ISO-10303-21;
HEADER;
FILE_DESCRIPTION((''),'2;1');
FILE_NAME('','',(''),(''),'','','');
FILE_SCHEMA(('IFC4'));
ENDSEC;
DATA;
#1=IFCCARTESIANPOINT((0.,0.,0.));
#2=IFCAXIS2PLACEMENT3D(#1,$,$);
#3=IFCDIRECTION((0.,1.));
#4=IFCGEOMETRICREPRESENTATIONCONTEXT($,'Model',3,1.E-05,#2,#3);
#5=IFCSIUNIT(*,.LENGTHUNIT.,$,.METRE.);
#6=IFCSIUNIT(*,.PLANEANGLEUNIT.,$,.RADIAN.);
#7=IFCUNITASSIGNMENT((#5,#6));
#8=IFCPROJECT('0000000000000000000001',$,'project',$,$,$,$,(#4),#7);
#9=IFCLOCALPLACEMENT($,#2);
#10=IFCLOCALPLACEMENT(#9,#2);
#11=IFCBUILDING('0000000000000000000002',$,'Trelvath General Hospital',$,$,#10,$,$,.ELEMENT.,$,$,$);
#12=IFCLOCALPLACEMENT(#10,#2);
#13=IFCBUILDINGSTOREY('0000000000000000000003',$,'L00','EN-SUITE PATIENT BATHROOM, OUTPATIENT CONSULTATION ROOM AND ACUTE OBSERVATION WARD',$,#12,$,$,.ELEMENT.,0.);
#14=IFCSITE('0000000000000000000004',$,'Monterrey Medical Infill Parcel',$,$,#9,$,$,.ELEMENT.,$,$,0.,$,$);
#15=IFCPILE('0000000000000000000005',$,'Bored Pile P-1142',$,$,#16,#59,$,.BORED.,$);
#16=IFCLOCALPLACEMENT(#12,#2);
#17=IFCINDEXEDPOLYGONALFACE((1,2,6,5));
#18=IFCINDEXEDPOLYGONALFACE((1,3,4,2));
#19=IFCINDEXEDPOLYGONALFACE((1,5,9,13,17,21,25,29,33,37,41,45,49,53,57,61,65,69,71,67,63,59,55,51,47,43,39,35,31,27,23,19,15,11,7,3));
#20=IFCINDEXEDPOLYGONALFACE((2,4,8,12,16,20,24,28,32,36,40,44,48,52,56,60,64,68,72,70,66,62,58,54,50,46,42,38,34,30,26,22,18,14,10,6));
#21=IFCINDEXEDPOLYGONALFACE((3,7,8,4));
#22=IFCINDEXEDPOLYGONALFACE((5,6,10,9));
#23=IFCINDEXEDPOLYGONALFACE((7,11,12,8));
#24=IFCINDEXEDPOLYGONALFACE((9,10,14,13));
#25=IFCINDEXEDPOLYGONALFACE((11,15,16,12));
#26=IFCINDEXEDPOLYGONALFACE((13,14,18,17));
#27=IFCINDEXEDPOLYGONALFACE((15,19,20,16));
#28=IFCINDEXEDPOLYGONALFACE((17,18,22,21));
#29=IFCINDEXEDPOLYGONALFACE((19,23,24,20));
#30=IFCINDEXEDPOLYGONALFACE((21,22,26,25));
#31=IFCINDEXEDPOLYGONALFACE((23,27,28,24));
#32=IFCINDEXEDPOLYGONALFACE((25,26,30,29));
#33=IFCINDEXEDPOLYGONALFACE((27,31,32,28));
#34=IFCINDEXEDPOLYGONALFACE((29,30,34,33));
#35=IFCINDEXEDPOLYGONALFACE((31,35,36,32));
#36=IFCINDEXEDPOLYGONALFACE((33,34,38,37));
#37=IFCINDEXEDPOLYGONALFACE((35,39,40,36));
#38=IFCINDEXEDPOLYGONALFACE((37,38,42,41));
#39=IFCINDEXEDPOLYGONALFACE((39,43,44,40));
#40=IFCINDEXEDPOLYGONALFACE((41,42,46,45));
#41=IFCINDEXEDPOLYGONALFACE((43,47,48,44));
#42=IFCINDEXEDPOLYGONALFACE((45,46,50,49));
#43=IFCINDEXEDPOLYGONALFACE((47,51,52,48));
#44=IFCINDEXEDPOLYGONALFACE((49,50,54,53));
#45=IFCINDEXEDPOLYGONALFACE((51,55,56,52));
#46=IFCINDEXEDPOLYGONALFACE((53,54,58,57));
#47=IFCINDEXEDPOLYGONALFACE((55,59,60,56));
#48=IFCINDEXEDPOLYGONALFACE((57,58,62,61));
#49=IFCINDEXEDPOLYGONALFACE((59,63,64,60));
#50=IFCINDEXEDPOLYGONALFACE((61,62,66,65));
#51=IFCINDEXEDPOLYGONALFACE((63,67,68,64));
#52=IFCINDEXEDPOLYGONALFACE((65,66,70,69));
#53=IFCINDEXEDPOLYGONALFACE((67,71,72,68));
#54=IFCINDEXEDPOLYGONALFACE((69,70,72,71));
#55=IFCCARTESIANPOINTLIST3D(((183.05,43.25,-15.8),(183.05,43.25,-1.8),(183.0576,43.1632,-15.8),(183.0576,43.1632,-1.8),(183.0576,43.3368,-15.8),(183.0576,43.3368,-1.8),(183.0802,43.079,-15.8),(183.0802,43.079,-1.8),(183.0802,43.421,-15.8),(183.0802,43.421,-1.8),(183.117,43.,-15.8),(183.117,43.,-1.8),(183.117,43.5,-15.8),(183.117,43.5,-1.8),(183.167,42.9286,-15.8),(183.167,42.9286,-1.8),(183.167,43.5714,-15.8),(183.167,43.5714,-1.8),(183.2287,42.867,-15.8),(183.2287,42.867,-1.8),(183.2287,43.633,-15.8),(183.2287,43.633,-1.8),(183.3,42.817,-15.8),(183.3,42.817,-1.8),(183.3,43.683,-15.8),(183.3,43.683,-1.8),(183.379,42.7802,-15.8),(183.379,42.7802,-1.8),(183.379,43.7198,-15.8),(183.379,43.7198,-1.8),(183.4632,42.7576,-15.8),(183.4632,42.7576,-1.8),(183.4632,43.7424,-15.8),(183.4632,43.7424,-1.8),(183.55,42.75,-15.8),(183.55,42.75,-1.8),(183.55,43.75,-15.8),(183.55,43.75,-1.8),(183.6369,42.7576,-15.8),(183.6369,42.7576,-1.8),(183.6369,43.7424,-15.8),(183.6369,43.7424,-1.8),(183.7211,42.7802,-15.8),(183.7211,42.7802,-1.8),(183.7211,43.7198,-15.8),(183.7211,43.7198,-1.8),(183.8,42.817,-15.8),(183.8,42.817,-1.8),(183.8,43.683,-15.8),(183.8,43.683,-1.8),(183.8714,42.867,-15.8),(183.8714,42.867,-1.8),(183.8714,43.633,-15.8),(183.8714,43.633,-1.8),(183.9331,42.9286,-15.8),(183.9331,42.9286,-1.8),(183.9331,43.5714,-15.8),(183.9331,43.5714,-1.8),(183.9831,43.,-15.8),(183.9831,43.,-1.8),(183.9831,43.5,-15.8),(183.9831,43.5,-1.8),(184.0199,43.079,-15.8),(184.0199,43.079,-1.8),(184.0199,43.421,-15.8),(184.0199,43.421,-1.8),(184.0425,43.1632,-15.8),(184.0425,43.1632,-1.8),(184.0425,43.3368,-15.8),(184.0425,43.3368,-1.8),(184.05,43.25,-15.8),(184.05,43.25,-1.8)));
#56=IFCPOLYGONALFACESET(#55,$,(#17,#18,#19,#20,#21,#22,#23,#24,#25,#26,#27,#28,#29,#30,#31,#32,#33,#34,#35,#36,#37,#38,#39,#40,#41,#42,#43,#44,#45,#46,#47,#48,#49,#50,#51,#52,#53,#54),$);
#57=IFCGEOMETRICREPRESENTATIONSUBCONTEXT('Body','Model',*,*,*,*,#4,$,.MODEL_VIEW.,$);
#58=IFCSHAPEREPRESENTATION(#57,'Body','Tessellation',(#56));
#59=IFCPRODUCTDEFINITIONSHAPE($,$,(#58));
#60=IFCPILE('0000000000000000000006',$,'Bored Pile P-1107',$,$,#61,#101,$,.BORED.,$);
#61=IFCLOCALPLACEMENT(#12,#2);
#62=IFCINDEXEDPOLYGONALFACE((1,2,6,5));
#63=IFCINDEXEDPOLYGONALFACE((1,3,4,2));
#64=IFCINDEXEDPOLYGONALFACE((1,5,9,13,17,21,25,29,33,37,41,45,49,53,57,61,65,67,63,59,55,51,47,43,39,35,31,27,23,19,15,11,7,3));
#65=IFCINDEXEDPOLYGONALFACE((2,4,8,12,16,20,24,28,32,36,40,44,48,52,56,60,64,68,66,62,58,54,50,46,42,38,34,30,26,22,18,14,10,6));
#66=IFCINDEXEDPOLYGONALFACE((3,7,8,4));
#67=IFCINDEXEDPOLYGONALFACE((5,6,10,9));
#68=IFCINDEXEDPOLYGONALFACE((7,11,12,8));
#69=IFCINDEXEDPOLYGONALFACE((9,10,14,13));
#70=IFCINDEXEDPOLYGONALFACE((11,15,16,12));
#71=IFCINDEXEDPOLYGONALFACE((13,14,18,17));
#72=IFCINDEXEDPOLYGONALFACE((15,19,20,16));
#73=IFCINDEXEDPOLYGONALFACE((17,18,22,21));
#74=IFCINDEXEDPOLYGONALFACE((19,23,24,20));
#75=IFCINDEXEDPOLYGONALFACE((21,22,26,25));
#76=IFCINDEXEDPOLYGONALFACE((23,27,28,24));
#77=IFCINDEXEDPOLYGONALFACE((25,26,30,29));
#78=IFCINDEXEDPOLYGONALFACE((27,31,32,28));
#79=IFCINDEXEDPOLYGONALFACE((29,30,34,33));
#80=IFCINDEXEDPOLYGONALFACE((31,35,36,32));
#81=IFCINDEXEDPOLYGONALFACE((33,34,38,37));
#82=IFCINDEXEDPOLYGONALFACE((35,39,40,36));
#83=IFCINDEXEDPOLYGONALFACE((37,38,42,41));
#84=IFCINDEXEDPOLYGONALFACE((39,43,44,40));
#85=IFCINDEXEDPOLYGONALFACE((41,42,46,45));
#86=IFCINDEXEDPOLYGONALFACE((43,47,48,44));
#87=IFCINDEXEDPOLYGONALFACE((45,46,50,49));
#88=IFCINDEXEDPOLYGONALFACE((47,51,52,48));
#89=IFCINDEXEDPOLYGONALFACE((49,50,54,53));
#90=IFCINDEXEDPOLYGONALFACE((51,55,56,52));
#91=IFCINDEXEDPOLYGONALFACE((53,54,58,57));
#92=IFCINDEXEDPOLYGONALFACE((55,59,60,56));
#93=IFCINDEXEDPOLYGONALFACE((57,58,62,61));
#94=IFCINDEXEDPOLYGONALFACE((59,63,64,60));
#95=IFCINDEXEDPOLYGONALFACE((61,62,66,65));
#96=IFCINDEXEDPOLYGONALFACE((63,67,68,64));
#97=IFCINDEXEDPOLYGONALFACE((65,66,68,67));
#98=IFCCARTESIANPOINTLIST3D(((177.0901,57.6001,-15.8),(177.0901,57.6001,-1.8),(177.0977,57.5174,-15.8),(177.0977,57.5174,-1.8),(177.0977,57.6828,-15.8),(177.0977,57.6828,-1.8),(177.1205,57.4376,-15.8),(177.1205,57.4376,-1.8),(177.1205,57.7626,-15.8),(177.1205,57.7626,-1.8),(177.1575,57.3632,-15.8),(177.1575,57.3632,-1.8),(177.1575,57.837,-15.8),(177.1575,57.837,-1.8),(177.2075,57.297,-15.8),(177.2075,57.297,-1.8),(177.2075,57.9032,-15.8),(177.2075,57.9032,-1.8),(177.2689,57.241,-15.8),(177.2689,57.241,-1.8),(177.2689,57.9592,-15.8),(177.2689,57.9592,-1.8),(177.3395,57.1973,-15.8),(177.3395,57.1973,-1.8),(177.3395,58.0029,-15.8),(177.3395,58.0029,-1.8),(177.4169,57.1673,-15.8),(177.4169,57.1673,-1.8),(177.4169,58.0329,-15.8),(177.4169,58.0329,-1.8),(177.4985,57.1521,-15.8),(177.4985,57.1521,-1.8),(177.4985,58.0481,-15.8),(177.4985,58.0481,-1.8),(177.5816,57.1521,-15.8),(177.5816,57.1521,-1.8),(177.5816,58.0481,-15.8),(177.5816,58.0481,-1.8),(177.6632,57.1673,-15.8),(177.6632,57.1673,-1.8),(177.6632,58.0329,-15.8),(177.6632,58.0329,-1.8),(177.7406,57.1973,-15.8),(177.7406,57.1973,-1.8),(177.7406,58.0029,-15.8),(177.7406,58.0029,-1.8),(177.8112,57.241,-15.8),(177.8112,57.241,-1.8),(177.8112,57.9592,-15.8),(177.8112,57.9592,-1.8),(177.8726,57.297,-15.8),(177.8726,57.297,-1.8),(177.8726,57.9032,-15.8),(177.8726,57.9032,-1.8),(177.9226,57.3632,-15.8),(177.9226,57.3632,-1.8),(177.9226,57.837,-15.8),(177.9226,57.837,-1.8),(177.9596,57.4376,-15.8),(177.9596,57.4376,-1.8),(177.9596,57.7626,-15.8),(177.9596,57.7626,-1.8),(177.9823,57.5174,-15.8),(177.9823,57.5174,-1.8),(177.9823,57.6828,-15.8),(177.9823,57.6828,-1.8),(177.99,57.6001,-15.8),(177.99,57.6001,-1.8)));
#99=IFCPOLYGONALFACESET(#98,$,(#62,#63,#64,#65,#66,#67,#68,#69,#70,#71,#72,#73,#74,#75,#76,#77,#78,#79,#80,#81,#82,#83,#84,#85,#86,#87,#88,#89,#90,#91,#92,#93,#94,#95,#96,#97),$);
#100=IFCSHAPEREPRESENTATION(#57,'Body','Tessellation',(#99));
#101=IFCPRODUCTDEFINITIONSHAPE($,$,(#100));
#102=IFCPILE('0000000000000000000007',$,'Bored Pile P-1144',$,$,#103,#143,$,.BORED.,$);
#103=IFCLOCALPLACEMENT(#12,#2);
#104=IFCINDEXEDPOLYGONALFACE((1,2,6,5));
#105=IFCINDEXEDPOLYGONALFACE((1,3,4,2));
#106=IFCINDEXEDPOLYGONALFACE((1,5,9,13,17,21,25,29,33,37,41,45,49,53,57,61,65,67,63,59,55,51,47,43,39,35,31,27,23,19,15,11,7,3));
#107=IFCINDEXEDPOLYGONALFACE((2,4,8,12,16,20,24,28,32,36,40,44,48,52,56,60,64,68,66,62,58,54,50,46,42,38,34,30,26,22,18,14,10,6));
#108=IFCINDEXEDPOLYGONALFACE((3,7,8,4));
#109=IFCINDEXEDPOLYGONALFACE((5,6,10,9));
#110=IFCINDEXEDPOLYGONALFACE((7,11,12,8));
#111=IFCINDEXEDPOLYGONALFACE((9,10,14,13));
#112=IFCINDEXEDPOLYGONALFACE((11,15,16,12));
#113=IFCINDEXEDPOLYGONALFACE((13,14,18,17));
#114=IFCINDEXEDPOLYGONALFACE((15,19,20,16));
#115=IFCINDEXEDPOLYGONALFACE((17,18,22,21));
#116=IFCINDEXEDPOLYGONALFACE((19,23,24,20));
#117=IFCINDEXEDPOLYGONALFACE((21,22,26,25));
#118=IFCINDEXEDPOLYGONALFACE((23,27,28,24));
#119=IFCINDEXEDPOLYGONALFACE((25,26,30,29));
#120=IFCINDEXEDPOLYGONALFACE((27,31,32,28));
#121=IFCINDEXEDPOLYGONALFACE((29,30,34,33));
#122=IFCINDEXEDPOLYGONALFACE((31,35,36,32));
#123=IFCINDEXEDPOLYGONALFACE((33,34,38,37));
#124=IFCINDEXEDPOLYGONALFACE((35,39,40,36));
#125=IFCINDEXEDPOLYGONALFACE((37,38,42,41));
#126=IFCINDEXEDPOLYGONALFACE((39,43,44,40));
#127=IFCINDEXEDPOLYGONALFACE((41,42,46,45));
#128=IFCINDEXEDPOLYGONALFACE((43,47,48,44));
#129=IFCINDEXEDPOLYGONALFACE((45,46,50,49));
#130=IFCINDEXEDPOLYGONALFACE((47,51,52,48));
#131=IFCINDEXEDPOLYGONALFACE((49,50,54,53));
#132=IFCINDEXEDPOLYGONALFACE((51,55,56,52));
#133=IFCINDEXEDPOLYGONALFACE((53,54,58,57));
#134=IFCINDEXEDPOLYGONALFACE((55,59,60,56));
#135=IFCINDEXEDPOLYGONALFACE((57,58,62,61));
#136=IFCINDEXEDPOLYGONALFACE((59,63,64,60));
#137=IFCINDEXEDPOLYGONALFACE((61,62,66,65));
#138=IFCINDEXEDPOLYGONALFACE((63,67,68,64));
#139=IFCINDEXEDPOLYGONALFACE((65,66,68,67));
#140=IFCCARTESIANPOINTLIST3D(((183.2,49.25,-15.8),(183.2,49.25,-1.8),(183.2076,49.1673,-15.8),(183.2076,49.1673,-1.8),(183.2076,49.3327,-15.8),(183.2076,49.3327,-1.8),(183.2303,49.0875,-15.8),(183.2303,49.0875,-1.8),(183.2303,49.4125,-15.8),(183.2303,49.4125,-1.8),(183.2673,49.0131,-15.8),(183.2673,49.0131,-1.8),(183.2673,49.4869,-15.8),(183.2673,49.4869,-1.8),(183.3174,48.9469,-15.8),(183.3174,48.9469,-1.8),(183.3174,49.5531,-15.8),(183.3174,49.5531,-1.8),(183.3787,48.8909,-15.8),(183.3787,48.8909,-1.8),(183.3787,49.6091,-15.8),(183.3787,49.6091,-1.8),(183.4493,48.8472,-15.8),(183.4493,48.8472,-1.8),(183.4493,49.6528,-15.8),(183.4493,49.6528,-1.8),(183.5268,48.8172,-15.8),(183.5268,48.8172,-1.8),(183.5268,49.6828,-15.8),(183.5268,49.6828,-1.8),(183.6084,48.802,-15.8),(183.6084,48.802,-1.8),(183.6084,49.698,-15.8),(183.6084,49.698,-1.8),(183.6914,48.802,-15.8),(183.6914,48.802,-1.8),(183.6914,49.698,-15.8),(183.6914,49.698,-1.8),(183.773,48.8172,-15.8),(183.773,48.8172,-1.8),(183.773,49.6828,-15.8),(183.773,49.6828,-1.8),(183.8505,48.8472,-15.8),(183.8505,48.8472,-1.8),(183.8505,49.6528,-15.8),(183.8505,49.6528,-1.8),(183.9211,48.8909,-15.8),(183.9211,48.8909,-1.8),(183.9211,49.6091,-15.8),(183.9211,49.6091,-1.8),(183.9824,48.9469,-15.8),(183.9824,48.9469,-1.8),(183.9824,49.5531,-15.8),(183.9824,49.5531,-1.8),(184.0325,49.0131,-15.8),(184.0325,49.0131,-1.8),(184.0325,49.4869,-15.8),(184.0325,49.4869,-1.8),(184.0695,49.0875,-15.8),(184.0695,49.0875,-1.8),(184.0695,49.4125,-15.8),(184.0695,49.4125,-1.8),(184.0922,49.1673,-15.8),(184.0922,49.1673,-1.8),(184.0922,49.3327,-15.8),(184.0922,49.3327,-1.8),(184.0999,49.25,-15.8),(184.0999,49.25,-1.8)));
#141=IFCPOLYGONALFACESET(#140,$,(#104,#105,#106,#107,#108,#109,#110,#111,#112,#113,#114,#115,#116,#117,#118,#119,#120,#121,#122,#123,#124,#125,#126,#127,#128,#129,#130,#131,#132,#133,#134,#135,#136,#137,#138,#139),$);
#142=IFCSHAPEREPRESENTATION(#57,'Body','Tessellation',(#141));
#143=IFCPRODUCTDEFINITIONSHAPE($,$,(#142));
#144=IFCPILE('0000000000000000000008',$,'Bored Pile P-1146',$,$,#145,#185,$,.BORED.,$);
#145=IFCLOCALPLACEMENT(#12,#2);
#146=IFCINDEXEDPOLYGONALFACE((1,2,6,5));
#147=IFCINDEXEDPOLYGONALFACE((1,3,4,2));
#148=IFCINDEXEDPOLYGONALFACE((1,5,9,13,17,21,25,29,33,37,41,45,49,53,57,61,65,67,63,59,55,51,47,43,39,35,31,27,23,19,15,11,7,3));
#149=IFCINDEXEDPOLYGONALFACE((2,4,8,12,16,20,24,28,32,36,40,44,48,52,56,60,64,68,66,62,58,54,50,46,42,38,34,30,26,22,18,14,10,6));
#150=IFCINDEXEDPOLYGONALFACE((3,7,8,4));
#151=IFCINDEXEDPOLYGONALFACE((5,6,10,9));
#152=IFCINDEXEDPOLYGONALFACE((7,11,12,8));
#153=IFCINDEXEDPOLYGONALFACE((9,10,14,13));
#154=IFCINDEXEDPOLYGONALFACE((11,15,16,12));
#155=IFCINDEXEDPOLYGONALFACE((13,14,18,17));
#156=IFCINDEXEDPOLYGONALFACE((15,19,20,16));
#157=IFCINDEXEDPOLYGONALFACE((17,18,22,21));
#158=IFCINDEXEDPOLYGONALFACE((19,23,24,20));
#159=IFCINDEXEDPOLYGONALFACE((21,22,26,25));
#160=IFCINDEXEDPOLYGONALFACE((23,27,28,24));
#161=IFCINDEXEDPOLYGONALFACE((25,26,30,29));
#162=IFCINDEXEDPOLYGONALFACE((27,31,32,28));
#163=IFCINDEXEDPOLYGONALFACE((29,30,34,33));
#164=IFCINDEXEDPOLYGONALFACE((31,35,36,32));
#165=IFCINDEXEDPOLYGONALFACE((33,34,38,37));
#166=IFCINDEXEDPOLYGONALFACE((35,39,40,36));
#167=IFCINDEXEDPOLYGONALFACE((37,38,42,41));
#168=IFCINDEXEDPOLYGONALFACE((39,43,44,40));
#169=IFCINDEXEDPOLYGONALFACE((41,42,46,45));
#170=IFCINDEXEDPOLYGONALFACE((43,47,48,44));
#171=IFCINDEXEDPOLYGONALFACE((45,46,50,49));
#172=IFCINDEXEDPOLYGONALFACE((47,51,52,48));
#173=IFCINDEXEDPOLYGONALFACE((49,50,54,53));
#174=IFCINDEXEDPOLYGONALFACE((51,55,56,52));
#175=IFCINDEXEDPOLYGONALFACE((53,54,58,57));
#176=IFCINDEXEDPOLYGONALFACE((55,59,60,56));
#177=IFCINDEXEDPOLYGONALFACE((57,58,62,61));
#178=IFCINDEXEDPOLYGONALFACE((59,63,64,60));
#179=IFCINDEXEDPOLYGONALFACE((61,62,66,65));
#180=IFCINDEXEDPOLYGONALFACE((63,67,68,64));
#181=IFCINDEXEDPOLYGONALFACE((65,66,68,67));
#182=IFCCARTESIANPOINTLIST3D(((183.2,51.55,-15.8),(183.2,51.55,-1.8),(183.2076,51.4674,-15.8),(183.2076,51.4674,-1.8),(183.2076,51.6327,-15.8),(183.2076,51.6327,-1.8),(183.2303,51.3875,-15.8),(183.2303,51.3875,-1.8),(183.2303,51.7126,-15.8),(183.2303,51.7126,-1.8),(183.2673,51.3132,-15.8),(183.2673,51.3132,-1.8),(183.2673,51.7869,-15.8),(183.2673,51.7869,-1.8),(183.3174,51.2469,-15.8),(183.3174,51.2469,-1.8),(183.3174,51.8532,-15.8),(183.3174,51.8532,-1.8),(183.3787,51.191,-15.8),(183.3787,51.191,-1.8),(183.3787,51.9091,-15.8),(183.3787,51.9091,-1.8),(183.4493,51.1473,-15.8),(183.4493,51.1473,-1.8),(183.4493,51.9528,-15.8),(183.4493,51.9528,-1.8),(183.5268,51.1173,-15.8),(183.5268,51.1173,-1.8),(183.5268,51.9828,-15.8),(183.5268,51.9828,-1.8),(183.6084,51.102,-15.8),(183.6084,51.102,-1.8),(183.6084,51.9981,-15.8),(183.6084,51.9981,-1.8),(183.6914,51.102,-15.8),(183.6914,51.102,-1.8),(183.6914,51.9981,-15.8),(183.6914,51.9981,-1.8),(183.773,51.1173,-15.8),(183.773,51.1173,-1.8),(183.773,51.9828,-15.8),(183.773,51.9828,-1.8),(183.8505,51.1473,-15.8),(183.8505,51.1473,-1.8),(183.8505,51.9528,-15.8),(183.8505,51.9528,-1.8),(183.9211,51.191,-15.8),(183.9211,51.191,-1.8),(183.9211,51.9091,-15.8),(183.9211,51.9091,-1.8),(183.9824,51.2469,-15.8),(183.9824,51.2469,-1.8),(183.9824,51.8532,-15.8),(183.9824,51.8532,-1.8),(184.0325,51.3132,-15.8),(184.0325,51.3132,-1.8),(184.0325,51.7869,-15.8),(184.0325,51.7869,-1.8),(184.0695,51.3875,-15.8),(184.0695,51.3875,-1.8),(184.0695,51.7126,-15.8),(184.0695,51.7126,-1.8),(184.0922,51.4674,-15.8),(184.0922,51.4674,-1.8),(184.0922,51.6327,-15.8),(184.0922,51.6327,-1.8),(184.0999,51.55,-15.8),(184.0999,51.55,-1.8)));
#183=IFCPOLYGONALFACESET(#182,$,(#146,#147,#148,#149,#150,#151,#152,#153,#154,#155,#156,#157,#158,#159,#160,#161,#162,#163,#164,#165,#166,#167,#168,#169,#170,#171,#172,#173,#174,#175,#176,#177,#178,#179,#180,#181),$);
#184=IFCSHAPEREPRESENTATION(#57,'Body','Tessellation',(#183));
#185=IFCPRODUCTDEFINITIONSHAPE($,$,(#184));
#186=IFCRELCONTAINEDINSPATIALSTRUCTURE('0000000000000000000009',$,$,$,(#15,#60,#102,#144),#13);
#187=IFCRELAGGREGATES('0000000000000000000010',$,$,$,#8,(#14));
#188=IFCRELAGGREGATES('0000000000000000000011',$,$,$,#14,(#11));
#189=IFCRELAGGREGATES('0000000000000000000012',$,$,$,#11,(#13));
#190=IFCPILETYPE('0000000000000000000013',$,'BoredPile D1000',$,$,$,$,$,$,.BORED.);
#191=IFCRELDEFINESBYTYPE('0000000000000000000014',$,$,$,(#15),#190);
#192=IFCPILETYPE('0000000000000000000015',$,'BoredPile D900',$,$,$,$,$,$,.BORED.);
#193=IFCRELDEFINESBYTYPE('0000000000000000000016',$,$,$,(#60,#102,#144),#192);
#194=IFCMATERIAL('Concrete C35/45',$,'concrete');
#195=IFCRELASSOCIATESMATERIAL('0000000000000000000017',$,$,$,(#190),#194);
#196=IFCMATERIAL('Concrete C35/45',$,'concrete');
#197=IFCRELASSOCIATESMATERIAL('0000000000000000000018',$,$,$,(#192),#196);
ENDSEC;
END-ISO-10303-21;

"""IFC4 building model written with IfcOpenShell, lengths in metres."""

from ifc_helpers import new_model, si_unit, direction, frame, origin, origin_2d, place, context, subcontext, project, spatial, circle, extrude, material, material_profile, profile_set, type_object, element, save


model = new_model("IFC4")

# Units and contexts
model_context = context("Model", 3, precision=1e-05, world=origin(), true_north=direction((0.0, 1.0)))
body_context = subcontext(model_context, "Body", "Model", "MODEL_VIEW")
ifc_project = project(units=[si_unit("LENGTHUNIT", "METRE"), si_unit("PLANEANGLEUNIT", "RADIAN")], contexts=[model_context])

# Site, building, storey
site_placement = place(None, origin())
site = spatial("IfcSite", under=ifc_project, at=site_placement, Name="Monterrey Medical Infill Parcel", CompositionType="ELEMENT", RefElevation=0.0)
building_placement = place(site_placement, origin())
building = spatial("IfcBuilding", under=site, at=building_placement, Name="Trelvath General Hospital", CompositionType="ELEMENT")
storey_placement = place(building_placement, origin())
storey = spatial("IfcBuildingStorey", under=building, at=storey_placement, Name="L00", Description="EN-SUITE PATIENT BATHROOM, OUTPATIENT CONSULTATION ROOM AND ACUTE OBSERVATION WARD", CompositionType="ELEMENT", Elevation=0.0)

# Piles
ifc_material_1 = material(Name="Concrete C35/45", Category="concrete")
ifc_material_profile_1 = material_profile(ifc_material_1, circle(Radius=0.5, at=origin_2d()), Name="PILE1000")
ifc_profile_set_1 = profile_set([ifc_material_profile_1], Name="Concrete C35/45")
pile_type_1 = type_object("IfcPileType", Name="BoredPile D1000", PredefinedType="BORED", material=ifc_profile_set_1)
pile_placement = place(storey_placement, frame((183.55, 43.25, -1.8), z_axis=(0.0, 0.0, -1.0), x_axis=(1.0, 0.0, 0.0)))
element("IfcPile", 1, at=pile_placement, inside=storey, type_object=pile_type_1, Name="Bored Pile P-1142", PredefinedType="BORED", context=body_context, shape_type="SweptSolid", body=[
    extrude(circle(Radius=0.5, at=origin_2d()), origin(), (0.0, 0.0, 1.0), 14.0),
])
ifc_material_2 = material(Name="Concrete C35/45", Category="concrete")
ifc_material_profile_2 = material_profile(ifc_material_2, circle(Radius=0.45, at=origin_2d()), Name="PILE900")
ifc_profile_set_2 = profile_set([ifc_material_profile_2], Name="Concrete C35/45")
pile_type_2 = type_object("IfcPileType", Name="BoredPile D900", PredefinedType="BORED", material=ifc_profile_set_2)
for number, where, z_axis, x_axis, name in (
    (2, (177.54, 57.6001, -1.8), (0.0, 0.0, -1.0), (1.0, 0.0, 0.0), "Bored Pile P-1107"),
    (3, (183.6499, 49.25, -1.8), (0.0, 0.0, -1.0), (1.0, 0.0, 0.0), "Bored Pile P-1144"),
    (4, (183.6499, 51.55, -1.8), (0.0, 0.0, -1.0), (1.0, 0.0, 0.0), "Bored Pile P-1146"),
):
    element("IfcPile", number, at=place(storey_placement, frame(where, z_axis=z_axis, x_axis=x_axis)), inside=storey, type_object=pile_type_2, Name=name, PredefinedType="BORED", context=body_context, shape_type="SweptSolid", body=[
        extrude(circle(Radius=0.45, at=origin_2d()), origin(), (0.0, 0.0, 1.0), 14.0),
    ])

save(model, "model.ifc")
